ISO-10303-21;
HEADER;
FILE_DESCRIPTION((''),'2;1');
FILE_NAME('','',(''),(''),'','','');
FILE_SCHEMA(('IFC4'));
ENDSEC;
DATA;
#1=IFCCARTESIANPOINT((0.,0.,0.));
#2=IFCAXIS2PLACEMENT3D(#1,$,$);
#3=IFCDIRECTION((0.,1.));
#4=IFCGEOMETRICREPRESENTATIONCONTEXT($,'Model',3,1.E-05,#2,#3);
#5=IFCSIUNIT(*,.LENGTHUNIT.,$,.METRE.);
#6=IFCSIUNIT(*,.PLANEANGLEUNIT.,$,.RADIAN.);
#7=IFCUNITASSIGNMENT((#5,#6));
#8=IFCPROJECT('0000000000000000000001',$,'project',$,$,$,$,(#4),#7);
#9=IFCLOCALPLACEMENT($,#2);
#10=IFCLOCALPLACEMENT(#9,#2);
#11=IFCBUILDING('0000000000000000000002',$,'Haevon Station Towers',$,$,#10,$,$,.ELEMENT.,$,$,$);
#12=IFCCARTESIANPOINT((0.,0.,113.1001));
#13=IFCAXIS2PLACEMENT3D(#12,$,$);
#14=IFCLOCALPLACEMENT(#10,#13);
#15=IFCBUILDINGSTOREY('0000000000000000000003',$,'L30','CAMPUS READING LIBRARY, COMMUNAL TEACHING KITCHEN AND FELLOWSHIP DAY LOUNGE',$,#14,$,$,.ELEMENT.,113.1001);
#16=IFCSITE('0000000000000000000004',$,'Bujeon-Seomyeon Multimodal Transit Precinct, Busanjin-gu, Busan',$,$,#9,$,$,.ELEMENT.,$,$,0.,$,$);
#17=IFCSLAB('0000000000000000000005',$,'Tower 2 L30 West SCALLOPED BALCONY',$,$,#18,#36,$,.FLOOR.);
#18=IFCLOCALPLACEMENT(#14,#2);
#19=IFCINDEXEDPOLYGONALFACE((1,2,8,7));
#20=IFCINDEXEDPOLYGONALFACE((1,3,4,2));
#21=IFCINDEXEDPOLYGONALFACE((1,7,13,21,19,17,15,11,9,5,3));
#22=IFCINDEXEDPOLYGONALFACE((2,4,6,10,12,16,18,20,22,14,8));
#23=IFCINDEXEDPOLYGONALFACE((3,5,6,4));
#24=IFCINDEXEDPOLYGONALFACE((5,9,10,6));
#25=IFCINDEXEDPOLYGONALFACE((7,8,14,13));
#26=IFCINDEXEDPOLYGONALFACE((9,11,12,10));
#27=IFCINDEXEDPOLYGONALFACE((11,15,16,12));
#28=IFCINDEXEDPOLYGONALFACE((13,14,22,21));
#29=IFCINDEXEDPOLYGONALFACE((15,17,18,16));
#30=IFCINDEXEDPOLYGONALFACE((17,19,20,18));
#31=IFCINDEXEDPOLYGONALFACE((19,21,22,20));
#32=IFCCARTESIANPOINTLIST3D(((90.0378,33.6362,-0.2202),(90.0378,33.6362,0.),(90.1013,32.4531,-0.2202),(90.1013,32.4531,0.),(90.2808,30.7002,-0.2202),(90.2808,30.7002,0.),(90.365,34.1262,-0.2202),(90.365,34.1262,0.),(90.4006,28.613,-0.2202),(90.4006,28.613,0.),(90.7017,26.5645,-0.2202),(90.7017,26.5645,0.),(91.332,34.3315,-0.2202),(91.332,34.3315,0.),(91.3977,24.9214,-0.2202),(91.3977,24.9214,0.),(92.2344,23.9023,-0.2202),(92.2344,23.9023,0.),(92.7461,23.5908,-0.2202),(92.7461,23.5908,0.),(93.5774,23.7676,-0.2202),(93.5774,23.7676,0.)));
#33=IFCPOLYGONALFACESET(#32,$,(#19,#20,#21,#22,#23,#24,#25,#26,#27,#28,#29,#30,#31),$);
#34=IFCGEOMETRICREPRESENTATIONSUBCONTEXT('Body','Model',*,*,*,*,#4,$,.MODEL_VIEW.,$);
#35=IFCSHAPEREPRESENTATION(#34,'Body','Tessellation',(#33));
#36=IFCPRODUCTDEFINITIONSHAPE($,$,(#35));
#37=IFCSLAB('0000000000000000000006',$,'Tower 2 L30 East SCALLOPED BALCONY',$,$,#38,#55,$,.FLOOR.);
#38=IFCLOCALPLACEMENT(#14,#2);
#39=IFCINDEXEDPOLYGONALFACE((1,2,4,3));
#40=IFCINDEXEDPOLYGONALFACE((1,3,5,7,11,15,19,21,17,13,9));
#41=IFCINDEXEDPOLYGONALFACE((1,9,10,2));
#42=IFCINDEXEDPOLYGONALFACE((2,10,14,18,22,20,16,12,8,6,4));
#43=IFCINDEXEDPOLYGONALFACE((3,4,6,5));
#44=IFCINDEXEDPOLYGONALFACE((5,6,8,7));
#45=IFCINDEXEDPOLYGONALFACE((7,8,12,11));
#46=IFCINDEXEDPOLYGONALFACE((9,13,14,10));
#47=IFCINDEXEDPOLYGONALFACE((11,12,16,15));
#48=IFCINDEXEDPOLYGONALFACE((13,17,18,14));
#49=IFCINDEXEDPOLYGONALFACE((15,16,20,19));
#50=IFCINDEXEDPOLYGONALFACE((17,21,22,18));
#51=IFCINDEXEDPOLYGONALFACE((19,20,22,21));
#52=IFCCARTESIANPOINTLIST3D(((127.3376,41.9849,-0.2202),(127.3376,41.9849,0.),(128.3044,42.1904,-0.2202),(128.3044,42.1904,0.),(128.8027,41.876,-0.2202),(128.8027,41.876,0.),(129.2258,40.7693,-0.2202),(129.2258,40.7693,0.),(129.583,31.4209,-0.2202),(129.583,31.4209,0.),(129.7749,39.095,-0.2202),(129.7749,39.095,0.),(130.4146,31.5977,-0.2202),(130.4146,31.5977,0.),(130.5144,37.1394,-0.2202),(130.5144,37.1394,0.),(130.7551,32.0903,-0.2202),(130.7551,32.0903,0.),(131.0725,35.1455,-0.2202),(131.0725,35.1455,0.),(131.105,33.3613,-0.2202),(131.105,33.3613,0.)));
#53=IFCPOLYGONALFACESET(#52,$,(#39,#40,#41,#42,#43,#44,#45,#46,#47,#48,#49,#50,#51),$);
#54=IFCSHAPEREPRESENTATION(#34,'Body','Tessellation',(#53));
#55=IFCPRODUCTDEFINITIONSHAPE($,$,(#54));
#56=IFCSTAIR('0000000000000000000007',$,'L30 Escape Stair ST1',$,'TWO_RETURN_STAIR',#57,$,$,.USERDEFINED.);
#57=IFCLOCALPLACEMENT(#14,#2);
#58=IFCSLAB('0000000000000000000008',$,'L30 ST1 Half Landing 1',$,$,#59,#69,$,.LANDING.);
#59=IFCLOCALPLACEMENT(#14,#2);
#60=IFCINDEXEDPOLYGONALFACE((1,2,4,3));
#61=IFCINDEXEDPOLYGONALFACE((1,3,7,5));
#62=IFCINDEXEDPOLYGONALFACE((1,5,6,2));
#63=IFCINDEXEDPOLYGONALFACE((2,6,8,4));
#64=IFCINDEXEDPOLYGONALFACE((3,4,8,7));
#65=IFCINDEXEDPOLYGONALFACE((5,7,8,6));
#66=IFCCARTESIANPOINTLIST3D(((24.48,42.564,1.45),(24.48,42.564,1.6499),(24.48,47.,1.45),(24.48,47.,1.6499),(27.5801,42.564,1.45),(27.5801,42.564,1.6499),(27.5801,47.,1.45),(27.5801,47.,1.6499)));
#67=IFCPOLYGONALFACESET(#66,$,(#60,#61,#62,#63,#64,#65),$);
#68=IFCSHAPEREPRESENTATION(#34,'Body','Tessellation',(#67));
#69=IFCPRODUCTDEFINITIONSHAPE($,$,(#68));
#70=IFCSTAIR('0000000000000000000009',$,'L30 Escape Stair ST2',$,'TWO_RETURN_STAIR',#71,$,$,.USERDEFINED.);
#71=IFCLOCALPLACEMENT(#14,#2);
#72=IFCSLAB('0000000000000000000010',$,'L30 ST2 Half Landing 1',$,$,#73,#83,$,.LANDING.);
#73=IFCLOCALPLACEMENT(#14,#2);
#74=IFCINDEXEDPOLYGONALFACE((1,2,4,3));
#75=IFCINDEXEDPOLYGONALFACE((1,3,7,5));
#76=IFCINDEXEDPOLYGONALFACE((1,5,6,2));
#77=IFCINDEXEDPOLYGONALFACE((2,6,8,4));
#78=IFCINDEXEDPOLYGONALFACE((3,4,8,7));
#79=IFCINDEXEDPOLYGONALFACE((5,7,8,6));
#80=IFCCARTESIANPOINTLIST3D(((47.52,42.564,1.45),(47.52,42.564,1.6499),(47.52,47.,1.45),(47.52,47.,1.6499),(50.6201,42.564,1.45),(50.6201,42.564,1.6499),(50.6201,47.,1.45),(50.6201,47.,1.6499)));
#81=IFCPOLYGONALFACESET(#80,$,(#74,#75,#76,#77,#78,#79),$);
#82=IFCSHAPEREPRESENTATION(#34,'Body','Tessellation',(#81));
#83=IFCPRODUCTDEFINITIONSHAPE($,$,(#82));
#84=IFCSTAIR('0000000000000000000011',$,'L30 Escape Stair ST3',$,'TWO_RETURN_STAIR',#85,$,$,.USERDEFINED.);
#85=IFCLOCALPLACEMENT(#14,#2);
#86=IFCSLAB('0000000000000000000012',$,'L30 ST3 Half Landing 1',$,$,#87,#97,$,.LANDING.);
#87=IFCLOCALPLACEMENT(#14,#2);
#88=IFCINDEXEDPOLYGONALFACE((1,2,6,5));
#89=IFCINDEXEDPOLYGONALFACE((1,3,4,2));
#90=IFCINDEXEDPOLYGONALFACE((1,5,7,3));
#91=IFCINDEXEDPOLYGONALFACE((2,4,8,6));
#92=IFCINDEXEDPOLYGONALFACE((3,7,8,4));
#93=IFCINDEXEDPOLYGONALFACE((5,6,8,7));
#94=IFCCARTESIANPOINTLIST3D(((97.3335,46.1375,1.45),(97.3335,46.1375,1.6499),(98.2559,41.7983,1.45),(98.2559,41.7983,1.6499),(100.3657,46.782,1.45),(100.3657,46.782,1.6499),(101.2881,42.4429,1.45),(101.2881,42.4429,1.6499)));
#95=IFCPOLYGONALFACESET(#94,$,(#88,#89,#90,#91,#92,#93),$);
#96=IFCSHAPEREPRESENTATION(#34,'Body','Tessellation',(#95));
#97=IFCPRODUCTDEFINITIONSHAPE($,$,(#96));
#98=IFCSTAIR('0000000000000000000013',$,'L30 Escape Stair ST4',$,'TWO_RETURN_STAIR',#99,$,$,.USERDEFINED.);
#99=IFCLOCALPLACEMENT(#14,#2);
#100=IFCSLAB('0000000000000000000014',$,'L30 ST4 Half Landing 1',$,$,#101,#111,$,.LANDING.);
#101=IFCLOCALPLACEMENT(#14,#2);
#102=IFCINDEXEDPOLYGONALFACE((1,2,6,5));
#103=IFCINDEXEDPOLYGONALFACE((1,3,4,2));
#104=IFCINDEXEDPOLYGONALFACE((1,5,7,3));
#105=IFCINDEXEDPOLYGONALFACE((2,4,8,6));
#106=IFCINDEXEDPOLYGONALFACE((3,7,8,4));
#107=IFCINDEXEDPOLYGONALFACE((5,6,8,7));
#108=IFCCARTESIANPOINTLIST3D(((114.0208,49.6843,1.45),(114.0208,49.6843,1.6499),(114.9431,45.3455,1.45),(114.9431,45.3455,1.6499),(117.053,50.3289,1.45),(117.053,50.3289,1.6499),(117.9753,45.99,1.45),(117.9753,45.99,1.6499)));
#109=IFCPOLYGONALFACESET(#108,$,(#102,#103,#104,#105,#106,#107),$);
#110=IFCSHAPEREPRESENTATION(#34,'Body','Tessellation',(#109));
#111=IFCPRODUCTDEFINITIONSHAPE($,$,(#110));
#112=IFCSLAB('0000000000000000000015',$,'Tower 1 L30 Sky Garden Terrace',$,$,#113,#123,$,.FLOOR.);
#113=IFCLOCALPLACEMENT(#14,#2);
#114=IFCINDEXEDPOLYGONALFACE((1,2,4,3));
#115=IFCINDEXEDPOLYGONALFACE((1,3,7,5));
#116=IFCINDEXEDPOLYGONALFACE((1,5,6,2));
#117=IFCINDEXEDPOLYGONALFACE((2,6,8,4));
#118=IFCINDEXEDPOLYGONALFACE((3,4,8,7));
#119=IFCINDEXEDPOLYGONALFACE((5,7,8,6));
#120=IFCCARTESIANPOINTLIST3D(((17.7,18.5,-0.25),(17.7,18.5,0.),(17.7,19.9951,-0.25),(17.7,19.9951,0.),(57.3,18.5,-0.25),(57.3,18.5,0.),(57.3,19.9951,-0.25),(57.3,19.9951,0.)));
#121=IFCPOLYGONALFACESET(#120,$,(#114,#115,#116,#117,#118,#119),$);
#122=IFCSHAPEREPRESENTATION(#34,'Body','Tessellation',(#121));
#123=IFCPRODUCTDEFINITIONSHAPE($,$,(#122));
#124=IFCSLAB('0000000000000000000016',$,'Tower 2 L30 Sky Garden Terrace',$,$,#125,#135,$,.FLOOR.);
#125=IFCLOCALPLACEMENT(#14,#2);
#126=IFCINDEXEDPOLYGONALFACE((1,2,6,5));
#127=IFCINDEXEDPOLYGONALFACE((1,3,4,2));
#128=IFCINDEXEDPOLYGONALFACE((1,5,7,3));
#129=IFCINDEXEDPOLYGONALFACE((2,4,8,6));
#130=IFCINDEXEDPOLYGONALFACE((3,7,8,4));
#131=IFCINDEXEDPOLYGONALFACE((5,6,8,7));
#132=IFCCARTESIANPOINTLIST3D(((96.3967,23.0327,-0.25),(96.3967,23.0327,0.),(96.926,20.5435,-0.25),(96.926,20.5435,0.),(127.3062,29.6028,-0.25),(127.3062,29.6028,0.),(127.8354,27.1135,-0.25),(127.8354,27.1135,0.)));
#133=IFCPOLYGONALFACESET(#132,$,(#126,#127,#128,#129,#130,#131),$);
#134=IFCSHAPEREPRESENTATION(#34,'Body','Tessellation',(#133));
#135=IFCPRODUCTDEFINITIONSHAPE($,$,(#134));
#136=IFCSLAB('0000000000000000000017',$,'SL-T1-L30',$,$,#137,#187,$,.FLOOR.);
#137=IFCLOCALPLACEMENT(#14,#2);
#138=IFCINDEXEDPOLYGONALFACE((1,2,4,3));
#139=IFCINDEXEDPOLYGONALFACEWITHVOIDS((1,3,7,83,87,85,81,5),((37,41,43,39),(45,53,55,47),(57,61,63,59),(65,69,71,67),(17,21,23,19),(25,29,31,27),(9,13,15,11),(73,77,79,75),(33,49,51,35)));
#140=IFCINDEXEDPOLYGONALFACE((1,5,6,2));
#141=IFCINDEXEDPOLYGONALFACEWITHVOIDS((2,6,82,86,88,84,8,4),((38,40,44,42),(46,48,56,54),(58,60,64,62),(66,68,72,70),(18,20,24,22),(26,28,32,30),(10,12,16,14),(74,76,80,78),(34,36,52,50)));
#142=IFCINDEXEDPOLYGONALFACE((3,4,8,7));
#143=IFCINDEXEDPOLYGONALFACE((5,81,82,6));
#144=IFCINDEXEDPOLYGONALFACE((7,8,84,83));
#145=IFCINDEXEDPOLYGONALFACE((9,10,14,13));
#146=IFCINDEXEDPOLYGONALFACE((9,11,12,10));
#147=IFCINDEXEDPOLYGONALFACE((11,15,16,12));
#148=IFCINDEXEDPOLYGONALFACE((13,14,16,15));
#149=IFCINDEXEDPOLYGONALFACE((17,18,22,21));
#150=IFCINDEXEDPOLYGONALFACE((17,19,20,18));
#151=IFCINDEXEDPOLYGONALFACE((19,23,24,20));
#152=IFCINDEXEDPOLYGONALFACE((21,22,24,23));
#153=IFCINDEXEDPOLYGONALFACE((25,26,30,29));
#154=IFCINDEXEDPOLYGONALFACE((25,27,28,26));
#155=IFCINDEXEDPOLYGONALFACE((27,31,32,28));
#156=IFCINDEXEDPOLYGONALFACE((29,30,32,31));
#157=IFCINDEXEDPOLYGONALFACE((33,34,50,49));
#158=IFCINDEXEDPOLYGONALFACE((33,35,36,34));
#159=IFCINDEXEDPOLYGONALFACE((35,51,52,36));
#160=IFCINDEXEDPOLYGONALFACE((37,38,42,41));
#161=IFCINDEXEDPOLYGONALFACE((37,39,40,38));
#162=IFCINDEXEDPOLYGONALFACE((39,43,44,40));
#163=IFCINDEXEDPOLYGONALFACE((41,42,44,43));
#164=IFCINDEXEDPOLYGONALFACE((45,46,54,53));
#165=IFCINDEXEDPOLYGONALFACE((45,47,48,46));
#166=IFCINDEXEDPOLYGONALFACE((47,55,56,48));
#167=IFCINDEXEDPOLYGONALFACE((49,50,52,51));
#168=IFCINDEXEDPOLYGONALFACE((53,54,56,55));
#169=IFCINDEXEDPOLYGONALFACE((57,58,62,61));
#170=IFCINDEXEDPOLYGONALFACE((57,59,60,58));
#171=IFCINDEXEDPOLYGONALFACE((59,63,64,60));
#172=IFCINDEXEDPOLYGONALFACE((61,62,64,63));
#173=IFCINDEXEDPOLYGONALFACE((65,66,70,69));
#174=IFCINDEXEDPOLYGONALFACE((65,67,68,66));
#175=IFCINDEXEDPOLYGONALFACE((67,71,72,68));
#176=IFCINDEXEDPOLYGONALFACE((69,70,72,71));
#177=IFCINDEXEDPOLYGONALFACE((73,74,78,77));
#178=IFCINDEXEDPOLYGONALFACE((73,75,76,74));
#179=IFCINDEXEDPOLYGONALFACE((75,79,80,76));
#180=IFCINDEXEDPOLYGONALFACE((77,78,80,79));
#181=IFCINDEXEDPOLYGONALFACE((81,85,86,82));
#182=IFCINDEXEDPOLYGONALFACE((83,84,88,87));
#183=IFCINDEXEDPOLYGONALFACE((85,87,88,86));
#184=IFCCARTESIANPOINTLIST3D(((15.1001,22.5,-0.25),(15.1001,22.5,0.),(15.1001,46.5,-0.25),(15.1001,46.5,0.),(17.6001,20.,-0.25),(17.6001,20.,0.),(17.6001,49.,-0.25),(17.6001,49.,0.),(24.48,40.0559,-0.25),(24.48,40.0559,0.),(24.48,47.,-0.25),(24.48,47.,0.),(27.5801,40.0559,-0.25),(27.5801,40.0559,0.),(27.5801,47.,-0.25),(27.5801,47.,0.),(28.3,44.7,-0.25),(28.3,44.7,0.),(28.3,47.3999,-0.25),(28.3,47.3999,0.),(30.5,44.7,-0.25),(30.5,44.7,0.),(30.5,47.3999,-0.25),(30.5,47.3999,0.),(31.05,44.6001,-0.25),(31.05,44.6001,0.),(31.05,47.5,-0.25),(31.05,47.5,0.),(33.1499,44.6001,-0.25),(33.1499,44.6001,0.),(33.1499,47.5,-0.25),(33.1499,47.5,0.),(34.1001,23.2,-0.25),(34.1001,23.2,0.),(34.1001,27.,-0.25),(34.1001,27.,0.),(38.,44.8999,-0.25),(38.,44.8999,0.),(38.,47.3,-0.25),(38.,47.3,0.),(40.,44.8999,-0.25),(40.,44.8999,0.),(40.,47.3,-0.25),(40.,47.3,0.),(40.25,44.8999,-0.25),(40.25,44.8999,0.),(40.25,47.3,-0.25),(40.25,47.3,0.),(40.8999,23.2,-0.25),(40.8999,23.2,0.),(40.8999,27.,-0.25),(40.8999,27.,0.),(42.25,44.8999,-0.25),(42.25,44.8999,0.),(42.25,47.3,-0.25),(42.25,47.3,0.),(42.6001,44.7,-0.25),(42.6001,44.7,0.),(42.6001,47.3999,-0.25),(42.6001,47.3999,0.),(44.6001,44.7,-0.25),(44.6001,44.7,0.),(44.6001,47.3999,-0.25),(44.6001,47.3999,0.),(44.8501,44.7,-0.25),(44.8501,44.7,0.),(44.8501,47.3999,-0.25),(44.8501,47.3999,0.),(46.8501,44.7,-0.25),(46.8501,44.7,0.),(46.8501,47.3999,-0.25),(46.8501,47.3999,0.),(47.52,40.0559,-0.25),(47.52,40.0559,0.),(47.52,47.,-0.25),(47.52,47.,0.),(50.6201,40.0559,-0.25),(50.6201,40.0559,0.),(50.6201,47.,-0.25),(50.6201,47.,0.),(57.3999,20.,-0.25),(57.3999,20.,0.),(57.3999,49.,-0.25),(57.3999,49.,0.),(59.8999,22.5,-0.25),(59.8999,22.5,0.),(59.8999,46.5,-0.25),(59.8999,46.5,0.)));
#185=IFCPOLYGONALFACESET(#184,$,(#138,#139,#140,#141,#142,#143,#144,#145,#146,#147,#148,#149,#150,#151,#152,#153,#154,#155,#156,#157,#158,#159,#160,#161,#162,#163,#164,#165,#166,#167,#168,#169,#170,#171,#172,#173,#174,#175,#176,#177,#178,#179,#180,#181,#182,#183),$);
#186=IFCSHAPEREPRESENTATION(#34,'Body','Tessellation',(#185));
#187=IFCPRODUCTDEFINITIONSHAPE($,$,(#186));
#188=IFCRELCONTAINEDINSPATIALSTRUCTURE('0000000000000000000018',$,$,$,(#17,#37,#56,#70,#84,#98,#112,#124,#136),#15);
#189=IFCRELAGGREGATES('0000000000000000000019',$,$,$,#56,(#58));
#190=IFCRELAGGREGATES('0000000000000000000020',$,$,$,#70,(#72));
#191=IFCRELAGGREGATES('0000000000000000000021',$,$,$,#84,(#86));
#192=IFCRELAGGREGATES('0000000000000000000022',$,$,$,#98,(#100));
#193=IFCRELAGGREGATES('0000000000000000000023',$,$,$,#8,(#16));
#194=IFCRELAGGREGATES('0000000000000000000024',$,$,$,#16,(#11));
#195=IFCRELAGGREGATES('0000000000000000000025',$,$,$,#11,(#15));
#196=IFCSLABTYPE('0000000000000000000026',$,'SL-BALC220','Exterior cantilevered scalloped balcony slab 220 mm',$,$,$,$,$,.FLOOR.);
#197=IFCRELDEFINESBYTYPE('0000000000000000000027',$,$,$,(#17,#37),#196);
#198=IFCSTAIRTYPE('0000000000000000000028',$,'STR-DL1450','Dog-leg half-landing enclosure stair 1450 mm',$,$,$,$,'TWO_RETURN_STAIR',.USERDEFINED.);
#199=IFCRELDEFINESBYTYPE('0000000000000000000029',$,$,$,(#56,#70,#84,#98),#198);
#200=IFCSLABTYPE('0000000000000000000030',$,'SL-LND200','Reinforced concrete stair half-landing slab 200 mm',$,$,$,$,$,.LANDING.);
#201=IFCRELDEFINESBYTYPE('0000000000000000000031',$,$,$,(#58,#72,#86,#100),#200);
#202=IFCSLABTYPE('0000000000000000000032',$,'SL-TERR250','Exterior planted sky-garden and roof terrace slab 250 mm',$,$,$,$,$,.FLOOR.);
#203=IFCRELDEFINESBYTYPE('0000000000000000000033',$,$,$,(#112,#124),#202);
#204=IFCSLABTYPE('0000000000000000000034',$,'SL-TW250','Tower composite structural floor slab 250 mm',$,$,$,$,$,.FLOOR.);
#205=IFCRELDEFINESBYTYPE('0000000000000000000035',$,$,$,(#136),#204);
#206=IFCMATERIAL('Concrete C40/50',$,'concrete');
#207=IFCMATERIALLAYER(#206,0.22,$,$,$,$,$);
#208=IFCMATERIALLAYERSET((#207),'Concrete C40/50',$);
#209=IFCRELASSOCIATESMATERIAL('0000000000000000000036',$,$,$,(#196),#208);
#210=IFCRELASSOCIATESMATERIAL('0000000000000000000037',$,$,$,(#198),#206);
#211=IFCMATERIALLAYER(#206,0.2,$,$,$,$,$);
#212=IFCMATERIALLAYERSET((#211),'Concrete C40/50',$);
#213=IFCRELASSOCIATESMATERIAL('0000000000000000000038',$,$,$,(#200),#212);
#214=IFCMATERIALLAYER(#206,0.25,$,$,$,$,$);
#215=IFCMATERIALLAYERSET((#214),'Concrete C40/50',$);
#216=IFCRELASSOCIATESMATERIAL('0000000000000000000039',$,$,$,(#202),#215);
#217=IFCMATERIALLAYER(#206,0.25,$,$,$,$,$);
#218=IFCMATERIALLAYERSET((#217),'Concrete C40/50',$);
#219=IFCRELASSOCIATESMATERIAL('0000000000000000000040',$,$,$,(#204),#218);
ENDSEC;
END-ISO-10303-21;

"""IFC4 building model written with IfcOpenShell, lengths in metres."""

from ifc_helpers import new_model, si_unit, direction, frame, origin, place, context, subcontext, project, spatial, polyline, outline, extrude, material, layer, layer_set, type_object, element, aggregate, save


model = new_model("IFC4")

# Units and contexts
model_context = context("Model", 3, precision=1e-05, world=origin(), true_north=direction((0.0, 1.0)))
body_context = subcontext(model_context, "Body", "Model", "MODEL_VIEW")
ifc_project = project(units=[si_unit("LENGTHUNIT", "METRE"), si_unit("PLANEANGLEUNIT", "RADIAN")], contexts=[model_context])

# Site, building, storey
site_placement = place(None, origin())
site = spatial("IfcSite", under=ifc_project, at=site_placement, Name="Bujeon-Seomyeon Multimodal Transit Precinct, Busanjin-gu, Busan", CompositionType="ELEMENT", RefElevation=0.0)
building_placement = place(site_placement, origin())
building = spatial("IfcBuilding", under=site, at=building_placement, Name="Haevon Station Towers", CompositionType="ELEMENT")
storey_placement = place(building_placement, frame((0.0, 0.0, 113.1001)))
storey = spatial("IfcBuildingStorey", under=building, at=storey_placement, Name="L30", Description="CAMPUS READING LIBRARY, COMMUNAL TEACHING KITCHEN AND FELLOWSHIP DAY LOUNGE", CompositionType="ELEMENT", Elevation=113.1001)

# Slabs
ifc_material_1 = material(Name="Concrete C40/50", Category="concrete")
ifc_layer_1 = layer(ifc_material_1, 0.22)
ifc_layer_set_1 = layer_set([ifc_layer_1], Name="Concrete C40/50")
slab_type_1 = type_object("IfcSlabType", Name="SL-BALC220", Description="Exterior cantilevered scalloped balcony slab 220 mm", PredefinedType="FLOOR", material=ifc_layer_set_1)
slab_1_placement = place(storey_placement, frame((0.0, 0.0, -0.2202)))
element("IfcSlab", 1, at=slab_1_placement, inside=storey, type_object=slab_type_1, Name="Tower 2 L30 West SCALLOPED BALCONY", PredefinedType="FLOOR", context=body_context, shape_type="SweptSolid", body=[
    extrude(outline(polyline([(91.332, 34.3315), (90.365, 34.1262), (90.0378, 33.6362), (90.1013, 32.4531), (90.2808, 30.7002), (90.4006, 28.613), (90.7017, 26.5645), (91.3977, 24.9214), (92.2344, 23.9023), (92.7461, 23.5908), (93.5774, 23.7676), (91.332, 34.3315)])), origin(), (0.0, 0.0, 1.0), 0.2202),
])
slab_2_placement = place(storey_placement, frame((0.0, 0.0, -0.2202)))
element("IfcSlab", 2, at=slab_2_placement, inside=storey, type_object=slab_type_1, Name="Tower 2 L30 East SCALLOPED BALCONY", PredefinedType="FLOOR", context=body_context, shape_type="SweptSolid", body=[
    extrude(outline(polyline([(129.583, 31.4209), (130.4146, 31.5977), (130.7551, 32.0903), (131.105, 33.3613), (131.0725, 35.1455), (130.5144, 37.1394), (129.7749, 39.095), (129.2258, 40.7693), (128.8027, 41.876), (128.3044, 42.1904), (127.3376, 41.9849), (129.583, 31.4209)])), origin(), (0.0, 0.0, 1.0), 0.2202),
])

# Stairs, slabs
stair_type = type_object("IfcStairType", Name="STR-DL1450", Description="Dog-leg half-landing enclosure stair 1450 mm", ElementType="TWO_RETURN_STAIR", PredefinedType="USERDEFINED", material=ifc_material_1)
stair_1_placement = place(storey_placement, origin())
stair_1 = element("IfcStair", 3, at=stair_1_placement, inside=storey, type_object=stair_type, Name="L30 Escape Stair ST1", ObjectType="TWO_RETURN_STAIR", PredefinedType="USERDEFINED")
ifc_layer_2 = layer(ifc_material_1, 0.2)
ifc_layer_set_2 = layer_set([ifc_layer_2], Name="Concrete C40/50")
slab_type_2 = type_object("IfcSlabType", Name="SL-LND200", Description="Reinforced concrete stair half-landing slab 200 mm", PredefinedType="LANDING", material=ifc_layer_set_2)
slab_3_placement = place(storey_placement, frame((0.0, 0.0, 1.45)))
slab_3 = element("IfcSlab", 4, at=slab_3_placement, type_object=slab_type_2, Name="L30 ST1 Half Landing 1", PredefinedType="LANDING", context=body_context, shape_type="SweptSolid", body=[
    extrude(outline(polyline([(27.5801, 42.564), (27.5801, 47.0), (24.48, 47.0), (24.48, 42.564), (27.5801, 42.564)])), origin(), (0.0, 0.0, 1.0), 0.2),
])
aggregate(stair_1, [slab_3])
stair_2_placement = place(storey_placement, origin())
stair_2 = element("IfcStair", 5, at=stair_2_placement, inside=storey, type_object=stair_type, Name="L30 Escape Stair ST2", ObjectType="TWO_RETURN_STAIR", PredefinedType="USERDEFINED")
slab_4_placement = place(storey_placement, frame((0.0, 0.0, 1.45)))
slab_4 = element("IfcSlab", 6, at=slab_4_placement, type_object=slab_type_2, Name="L30 ST2 Half Landing 1", PredefinedType="LANDING", context=body_context, shape_type="SweptSolid", body=[
    extrude(outline(polyline([(50.6201, 42.564), (50.6201, 47.0), (47.52, 47.0), (47.52, 42.564), (50.6201, 42.564)])), origin(), (0.0, 0.0, 1.0), 0.2),
])
aggregate(stair_2, [slab_4])
stair_3_placement = place(storey_placement, origin())
stair_3 = element("IfcStair", 7, at=stair_3_placement, inside=storey, type_object=stair_type, Name="L30 Escape Stair ST3", ObjectType="TWO_RETURN_STAIR", PredefinedType="USERDEFINED")
slab_5_placement = place(storey_placement, frame((0.0, 0.0, 1.45)))
slab_5 = element("IfcSlab", 8, at=slab_5_placement, type_object=slab_type_2, Name="L30 ST3 Half Landing 1", PredefinedType="LANDING", context=body_context, shape_type="SweptSolid", body=[
    extrude(outline(polyline([(101.2881, 42.4429), (100.3657, 46.782), (97.3335, 46.1375), (98.2559, 41.7983), (101.2881, 42.4429)])), origin(), (0.0, 0.0, 1.0), 0.2),
])
aggregate(stair_3, [slab_5])
stair_4_placement = place(storey_placement, origin())
stair_4 = element("IfcStair", 9, at=stair_4_placement, inside=storey, type_object=stair_type, Name="L30 Escape Stair ST4", ObjectType="TWO_RETURN_STAIR", PredefinedType="USERDEFINED")
slab_6_placement = place(storey_placement, frame((0.0, 0.0, 1.45)))
slab_6 = element("IfcSlab", 10, at=slab_6_placement, type_object=slab_type_2, Name="L30 ST4 Half Landing 1", PredefinedType="LANDING", context=body_context, shape_type="SweptSolid", body=[
    extrude(outline(polyline([(117.9753, 45.99), (117.053, 50.3289), (114.0208, 49.6843), (114.9431, 45.3455), (117.9753, 45.99)])), origin(), (0.0, 0.0, 1.0), 0.2),
])
aggregate(stair_4, [slab_6])

# Slabs
ifc_layer_3 = layer(ifc_material_1, 0.25)
ifc_layer_set_3 = layer_set([ifc_layer_3], Name="Concrete C40/50")
slab_type_3 = type_object("IfcSlabType", Name="SL-TERR250", Description="Exterior planted sky-garden and roof terrace slab 250 mm", PredefinedType="FLOOR", material=ifc_layer_set_3)
slab_7_placement = place(storey_placement, frame((0.0, 0.0, -0.25)))
element("IfcSlab", 11, at=slab_7_placement, inside=storey, type_object=slab_type_3, Name="Tower 1 L30 Sky Garden Terrace", PredefinedType="FLOOR", context=body_context, shape_type="SweptSolid", body=[
    extrude(outline(polyline([(17.7, 18.5), (57.3, 18.5), (57.3, 19.9951), (17.7, 19.9951), (17.7, 18.5)])), origin(), (0.0, 0.0, 1.0), 0.25),
])
slab_8_placement = place(storey_placement, frame((0.0, 0.0, -0.25)))
element("IfcSlab", 12, at=slab_8_placement, inside=storey, type_object=slab_type_3, Name="Tower 2 L30 Sky Garden Terrace", PredefinedType="FLOOR", context=body_context, shape_type="SweptSolid", body=[
    extrude(outline(polyline([(96.926, 20.5435), (127.8354, 27.1135), (127.3062, 29.6028), (96.3967, 23.0327), (96.926, 20.5435)])), origin(), (0.0, 0.0, 1.0), 0.25),
])
ifc_layer_4 = layer(ifc_material_1, 0.25)
ifc_layer_set_4 = layer_set([ifc_layer_4], Name="Concrete C40/50")
slab_type_4 = type_object("IfcSlabType", Name="SL-TW250", Description="Tower composite structural floor slab 250 mm", PredefinedType="FLOOR", material=ifc_layer_set_4)
slab_9_placement = place(storey_placement, frame((0.0, 0.0, -0.25)))
element("IfcSlab", 13, at=slab_9_placement, inside=storey, type_object=slab_type_4, Name="SL-T1-L30", PredefinedType="FLOOR", context=body_context, shape_type="SweptSolid", body=[
    extrude(outline(polyline([(17.6001, 20.0), (57.3999, 20.0), (59.8999, 22.5), (59.8999, 46.5), (57.3999, 49.0), (17.6001, 49.0), (15.1001, 46.5), (15.1001, 22.5), (17.6001, 20.0)]), holes=[polyline([(27.5801, 40.0559), (27.5801, 47.0), (24.48, 47.0), (24.48, 40.0559), (27.5801, 40.0559)]), polyline([(50.6201, 40.0559), (50.6201, 47.0), (47.52, 47.0), (47.52, 40.0559), (50.6201, 40.0559)]), polyline([(28.3, 44.7), (30.5, 44.7), (30.5, 47.3999), (28.3, 47.3999), (28.3, 44.7)]), polyline([(31.05, 44.6001), (33.1499, 44.6001), (33.1499, 47.5), (31.05, 47.5), (31.05, 44.6001)]), polyline([(38.0, 44.8999), (40.0, 44.8999), (40.0, 47.3), (38.0, 47.3), (38.0, 44.8999)]), polyline([(40.25, 44.8999), (42.25, 44.8999), (42.25, 47.3), (40.25, 47.3), (40.25, 44.8999)]), polyline([(42.6001, 44.7), (44.6001, 44.7), (44.6001, 47.3999), (42.6001, 47.3999), (42.6001, 44.7)]), polyline([(44.8501, 44.7), (46.8501, 44.7), (46.8501, 47.3999), (44.8501, 47.3999), (44.8501, 44.7)]), polyline([(34.1001, 23.2), (40.8999, 23.2), (40.8999, 27.0), (34.1001, 27.0), (34.1001, 23.2)])]), origin(), (0.0, 0.0, 1.0), 0.25),
])

save(model, "model.ifc")
